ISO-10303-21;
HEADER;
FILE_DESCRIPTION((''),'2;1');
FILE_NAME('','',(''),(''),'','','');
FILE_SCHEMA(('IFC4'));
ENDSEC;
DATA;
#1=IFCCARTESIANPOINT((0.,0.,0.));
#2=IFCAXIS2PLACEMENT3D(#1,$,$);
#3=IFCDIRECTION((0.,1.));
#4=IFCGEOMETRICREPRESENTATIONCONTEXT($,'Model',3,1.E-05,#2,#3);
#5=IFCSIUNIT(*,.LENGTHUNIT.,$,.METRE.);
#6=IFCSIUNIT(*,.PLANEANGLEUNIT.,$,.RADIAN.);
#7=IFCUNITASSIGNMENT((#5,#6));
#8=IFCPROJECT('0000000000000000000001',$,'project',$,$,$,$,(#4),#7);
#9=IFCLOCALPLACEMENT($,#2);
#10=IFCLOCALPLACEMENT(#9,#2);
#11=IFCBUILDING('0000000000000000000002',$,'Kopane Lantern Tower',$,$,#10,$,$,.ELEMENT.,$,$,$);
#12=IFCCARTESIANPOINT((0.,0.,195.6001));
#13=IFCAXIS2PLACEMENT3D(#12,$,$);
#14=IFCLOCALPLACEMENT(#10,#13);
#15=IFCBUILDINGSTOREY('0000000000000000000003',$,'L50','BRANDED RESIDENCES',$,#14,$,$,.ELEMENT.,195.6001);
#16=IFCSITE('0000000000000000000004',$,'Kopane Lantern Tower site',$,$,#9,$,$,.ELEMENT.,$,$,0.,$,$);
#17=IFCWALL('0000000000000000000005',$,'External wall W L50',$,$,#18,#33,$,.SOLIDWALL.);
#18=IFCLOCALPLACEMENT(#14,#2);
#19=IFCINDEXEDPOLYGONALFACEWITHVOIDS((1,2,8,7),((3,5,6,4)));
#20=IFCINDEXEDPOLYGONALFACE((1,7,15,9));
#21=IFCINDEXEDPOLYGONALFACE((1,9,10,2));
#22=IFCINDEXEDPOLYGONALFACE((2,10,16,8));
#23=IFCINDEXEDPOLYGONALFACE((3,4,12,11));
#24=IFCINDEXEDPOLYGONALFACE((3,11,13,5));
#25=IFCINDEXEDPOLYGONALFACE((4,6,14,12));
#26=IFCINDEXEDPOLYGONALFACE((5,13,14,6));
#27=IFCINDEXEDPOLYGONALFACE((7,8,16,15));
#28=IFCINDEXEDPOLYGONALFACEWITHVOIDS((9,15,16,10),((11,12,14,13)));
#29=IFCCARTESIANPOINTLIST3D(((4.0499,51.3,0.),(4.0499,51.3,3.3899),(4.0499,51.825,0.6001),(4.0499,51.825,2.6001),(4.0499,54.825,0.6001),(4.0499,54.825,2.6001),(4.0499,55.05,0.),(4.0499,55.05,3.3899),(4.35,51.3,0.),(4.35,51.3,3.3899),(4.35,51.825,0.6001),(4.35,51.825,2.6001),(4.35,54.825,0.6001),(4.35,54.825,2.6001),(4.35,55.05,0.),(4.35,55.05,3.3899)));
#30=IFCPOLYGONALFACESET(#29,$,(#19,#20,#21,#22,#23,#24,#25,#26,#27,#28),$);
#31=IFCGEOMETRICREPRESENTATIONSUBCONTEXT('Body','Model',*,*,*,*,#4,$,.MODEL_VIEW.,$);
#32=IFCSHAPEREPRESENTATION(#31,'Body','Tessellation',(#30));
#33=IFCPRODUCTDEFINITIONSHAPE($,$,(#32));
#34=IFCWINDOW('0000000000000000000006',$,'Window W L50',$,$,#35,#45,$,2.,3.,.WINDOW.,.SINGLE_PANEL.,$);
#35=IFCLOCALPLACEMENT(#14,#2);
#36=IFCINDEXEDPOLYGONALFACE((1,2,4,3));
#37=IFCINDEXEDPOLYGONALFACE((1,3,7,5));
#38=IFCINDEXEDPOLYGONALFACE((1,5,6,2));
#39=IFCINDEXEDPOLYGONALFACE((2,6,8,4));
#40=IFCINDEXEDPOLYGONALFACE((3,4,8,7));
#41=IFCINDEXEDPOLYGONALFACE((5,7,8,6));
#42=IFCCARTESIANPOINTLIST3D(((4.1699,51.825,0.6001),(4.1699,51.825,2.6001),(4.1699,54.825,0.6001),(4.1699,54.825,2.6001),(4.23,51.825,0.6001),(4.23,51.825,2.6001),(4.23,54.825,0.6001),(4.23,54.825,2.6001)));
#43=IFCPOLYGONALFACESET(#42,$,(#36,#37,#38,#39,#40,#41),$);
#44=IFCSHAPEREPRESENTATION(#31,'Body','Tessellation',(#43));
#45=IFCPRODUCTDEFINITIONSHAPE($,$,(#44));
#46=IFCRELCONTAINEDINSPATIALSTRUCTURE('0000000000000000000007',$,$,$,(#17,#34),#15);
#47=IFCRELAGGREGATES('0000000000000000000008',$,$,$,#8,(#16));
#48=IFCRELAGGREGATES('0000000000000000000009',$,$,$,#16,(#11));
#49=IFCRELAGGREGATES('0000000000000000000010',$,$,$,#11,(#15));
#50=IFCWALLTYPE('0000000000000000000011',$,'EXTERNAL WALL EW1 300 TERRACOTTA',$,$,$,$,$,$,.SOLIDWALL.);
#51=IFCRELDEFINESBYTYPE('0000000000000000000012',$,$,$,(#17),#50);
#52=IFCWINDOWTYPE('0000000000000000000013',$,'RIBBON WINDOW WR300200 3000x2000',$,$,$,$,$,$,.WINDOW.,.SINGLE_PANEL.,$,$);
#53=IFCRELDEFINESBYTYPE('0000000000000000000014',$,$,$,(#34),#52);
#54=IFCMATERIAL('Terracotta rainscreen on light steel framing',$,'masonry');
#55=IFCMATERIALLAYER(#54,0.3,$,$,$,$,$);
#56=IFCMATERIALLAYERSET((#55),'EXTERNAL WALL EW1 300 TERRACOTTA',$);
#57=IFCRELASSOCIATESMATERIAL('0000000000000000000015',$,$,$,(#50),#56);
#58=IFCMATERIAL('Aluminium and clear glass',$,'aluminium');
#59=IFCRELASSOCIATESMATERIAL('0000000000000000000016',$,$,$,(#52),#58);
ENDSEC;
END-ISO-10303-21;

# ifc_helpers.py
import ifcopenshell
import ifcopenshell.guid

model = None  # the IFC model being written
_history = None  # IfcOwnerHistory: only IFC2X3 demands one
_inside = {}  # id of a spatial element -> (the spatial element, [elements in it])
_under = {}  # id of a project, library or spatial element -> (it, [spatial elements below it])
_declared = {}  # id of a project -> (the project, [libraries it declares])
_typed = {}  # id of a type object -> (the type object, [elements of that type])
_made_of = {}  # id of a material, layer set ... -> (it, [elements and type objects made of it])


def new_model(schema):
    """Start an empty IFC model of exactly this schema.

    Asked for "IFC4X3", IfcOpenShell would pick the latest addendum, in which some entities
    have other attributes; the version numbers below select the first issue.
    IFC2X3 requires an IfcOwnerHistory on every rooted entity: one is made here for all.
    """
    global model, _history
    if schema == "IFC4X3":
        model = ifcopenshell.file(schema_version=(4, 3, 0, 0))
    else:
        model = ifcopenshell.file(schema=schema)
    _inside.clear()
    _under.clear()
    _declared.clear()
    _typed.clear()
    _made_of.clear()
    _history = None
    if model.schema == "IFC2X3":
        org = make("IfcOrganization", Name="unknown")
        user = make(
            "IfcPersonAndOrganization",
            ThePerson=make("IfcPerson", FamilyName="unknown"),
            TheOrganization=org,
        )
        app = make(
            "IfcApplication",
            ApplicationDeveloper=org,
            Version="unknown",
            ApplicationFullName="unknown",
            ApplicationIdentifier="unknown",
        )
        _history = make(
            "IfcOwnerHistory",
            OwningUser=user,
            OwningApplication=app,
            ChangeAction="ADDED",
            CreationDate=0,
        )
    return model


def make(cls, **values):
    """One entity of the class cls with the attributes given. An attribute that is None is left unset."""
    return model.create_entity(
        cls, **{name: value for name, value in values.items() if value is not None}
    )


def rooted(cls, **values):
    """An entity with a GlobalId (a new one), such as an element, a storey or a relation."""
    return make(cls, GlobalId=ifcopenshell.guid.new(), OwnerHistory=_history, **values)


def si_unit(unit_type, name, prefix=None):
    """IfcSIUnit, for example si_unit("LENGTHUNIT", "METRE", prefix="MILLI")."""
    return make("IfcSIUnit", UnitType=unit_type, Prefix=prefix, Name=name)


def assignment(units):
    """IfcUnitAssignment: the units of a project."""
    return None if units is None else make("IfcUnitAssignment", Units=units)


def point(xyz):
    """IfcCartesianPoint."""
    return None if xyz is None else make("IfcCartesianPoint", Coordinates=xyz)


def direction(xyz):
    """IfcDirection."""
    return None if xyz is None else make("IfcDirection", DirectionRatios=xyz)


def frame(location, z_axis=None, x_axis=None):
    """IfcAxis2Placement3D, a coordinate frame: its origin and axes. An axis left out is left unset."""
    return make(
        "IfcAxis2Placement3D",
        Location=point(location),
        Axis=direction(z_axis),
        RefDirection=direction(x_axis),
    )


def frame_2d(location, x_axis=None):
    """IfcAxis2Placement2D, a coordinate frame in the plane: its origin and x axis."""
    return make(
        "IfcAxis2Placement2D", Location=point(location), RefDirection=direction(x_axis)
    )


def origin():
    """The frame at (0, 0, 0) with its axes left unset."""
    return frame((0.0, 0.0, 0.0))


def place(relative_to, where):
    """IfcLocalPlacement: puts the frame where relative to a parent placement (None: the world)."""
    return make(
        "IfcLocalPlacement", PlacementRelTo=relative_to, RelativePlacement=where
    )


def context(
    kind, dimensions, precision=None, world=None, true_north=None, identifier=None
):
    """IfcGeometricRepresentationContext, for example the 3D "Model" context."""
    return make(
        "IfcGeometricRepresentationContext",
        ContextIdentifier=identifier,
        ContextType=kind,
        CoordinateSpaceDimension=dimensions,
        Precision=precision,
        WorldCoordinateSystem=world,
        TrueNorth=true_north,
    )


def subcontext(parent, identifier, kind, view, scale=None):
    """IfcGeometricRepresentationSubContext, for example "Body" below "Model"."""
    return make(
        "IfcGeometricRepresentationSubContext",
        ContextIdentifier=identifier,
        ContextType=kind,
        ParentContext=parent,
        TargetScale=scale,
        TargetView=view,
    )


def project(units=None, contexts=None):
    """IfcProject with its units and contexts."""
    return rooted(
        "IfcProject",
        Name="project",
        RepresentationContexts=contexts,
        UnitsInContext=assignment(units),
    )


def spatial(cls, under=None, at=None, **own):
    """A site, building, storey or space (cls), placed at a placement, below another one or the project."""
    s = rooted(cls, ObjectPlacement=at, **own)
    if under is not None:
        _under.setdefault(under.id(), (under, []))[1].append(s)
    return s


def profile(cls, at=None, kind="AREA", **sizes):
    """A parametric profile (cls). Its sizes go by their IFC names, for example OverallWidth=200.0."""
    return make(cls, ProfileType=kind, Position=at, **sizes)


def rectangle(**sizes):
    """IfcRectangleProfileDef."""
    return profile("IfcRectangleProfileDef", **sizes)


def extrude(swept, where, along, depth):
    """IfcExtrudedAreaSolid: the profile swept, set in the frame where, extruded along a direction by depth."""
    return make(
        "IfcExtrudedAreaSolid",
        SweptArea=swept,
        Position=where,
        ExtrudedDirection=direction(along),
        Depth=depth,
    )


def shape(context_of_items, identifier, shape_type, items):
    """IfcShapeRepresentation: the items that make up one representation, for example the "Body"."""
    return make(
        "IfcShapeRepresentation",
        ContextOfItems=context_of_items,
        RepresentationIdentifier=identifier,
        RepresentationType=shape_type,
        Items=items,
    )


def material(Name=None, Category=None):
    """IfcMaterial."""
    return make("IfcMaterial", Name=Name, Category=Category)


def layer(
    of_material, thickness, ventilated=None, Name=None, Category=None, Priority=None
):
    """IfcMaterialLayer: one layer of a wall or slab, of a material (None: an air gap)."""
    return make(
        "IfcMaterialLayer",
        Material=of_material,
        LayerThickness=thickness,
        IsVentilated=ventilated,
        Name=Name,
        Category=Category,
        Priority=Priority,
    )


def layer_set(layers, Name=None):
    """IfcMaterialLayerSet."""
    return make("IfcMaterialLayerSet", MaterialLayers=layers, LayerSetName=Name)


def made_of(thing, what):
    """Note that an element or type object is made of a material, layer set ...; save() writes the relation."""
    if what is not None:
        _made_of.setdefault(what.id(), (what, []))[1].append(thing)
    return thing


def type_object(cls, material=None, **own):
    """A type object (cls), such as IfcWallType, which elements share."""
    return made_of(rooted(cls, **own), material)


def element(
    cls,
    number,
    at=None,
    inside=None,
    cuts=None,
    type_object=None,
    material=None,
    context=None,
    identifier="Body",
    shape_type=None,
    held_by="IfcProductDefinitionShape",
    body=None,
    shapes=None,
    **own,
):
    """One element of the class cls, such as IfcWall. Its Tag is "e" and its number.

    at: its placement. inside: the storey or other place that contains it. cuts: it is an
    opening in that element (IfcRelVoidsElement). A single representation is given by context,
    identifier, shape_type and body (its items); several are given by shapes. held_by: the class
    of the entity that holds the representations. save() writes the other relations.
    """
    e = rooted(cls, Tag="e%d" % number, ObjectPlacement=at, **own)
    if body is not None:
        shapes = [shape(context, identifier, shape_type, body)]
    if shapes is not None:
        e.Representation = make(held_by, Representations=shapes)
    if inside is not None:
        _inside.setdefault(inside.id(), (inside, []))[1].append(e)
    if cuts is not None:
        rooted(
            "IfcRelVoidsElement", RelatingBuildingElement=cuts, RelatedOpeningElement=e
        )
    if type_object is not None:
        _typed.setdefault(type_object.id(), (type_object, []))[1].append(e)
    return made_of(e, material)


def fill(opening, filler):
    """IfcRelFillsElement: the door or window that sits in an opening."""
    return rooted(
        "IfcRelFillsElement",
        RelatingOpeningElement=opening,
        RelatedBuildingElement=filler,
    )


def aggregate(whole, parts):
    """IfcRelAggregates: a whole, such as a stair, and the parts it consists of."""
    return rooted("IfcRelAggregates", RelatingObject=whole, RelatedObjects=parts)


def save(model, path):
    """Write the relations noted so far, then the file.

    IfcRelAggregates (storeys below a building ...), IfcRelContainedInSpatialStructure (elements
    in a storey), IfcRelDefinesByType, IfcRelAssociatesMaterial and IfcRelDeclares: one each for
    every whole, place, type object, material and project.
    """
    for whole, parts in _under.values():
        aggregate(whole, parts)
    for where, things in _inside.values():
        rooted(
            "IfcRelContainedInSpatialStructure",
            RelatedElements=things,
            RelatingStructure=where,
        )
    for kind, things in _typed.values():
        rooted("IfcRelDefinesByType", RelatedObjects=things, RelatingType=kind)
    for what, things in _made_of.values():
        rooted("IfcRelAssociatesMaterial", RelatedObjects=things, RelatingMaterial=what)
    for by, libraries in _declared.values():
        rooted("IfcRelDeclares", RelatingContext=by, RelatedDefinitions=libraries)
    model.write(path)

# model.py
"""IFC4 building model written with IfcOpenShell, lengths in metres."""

from ifc_helpers import new_model, si_unit, direction, frame, frame_2d, origin, place, context, subcontext, project, spatial, rectangle, extrude, material, layer, layer_set, type_object, element, fill, save


model = new_model("IFC4")

# Units and contexts
model_context = context("Model", 3, precision=1e-05, world=origin(), true_north=direction((0.0, 1.0)))
body_context = subcontext(model_context, "Body", "Model", "MODEL_VIEW")
ifc_project = project(units=[si_unit("LENGTHUNIT", "METRE"), si_unit("PLANEANGLEUNIT", "RADIAN")], contexts=[model_context])

# Site, building, storey
site_placement = place(None, origin())
site = spatial("IfcSite", under=ifc_project, at=site_placement, Name="Kopane Lantern Tower site", CompositionType="ELEMENT", RefElevation=0.0)
building_placement = place(site_placement, origin())
building = spatial("IfcBuilding", under=site, at=building_placement, Name="Kopane Lantern Tower", CompositionType="ELEMENT")
storey_placement = place(building_placement, frame((0.0, 0.0, 195.6001)))
storey = spatial("IfcBuildingStorey", under=building, at=storey_placement, Name="L50", Description="BRANDED RESIDENCES", CompositionType="ELEMENT", Elevation=195.6001)

# Wall, opening, window
ifc_material_1 = material(Name="Terracotta rainscreen on light steel framing", Category="masonry")
ifc_layer = layer(ifc_material_1, 0.3)
ifc_layer_set = layer_set([ifc_layer], Name="EXTERNAL WALL EW1 300 TERRACOTTA")
wall_type = type_object("IfcWallType", Name="EXTERNAL WALL EW1 300 TERRACOTTA", PredefinedType="SOLIDWALL", material=ifc_layer_set)
wall_placement = place(storey_placement, frame((4.2, 55.05, 0.0), z_axis=(0.0, 0.0, 1.0), x_axis=(0.0, -1.0, 0.0)))
wall = element("IfcWall", 1, at=wall_placement, inside=storey, type_object=wall_type, Name="External wall W L50", PredefinedType="SOLIDWALL", context=body_context, shape_type="SweptSolid", body=[
    extrude(rectangle(XDim=3.75, YDim=0.3, at=frame_2d((1.875, 0.0))), origin(), (0.0, 0.0, 1.0), 3.3899),
])
opening_placement = place(wall_placement, frame((0.2251, 0.0, 0.6001)))
opening = element("IfcOpeningElement", 2, at=opening_placement, cuts=wall, PredefinedType="OPENING", context=body_context, shape_type="SweptSolid", body=[
    extrude(rectangle(XDim=3.0, YDim=2.0, at=frame_2d((1.5, 1.0))), frame((0.0, 0.1599, 0.0), z_axis=(0.0, -1.0, 0.0), x_axis=(1.0, 0.0, 0.0)), (0.0, 0.0, 1.0), 0.3201),
])
ifc_material_2 = material(Name="Aluminium and clear glass", Category="aluminium")
window_type = type_object("IfcWindowType", Name="RIBBON WINDOW WR300200 3000x2000", PartitioningType="SINGLE_PANEL", PredefinedType="WINDOW", material=ifc_material_2)
window_placement = place(opening_placement, origin())
window = element("IfcWindow", 3, at=window_placement, inside=storey, type_object=window_type, Name="Window W L50", OverallHeight=2.0, OverallWidth=3.0, PartitioningType="SINGLE_PANEL", PredefinedType="WINDOW", context=body_context, shape_type="SweptSolid", body=[
    extrude(rectangle(XDim=3.0, YDim=2.0, at=frame_2d((1.5, 1.0))), frame((0.0, 0.03, 0.0), z_axis=(0.0, -1.0, 0.0), x_axis=(1.0, 0.0, 0.0)), (0.0, 0.0, 1.0), 0.0601),
])
fill(opening, window)

save(model, "model.ifc")
